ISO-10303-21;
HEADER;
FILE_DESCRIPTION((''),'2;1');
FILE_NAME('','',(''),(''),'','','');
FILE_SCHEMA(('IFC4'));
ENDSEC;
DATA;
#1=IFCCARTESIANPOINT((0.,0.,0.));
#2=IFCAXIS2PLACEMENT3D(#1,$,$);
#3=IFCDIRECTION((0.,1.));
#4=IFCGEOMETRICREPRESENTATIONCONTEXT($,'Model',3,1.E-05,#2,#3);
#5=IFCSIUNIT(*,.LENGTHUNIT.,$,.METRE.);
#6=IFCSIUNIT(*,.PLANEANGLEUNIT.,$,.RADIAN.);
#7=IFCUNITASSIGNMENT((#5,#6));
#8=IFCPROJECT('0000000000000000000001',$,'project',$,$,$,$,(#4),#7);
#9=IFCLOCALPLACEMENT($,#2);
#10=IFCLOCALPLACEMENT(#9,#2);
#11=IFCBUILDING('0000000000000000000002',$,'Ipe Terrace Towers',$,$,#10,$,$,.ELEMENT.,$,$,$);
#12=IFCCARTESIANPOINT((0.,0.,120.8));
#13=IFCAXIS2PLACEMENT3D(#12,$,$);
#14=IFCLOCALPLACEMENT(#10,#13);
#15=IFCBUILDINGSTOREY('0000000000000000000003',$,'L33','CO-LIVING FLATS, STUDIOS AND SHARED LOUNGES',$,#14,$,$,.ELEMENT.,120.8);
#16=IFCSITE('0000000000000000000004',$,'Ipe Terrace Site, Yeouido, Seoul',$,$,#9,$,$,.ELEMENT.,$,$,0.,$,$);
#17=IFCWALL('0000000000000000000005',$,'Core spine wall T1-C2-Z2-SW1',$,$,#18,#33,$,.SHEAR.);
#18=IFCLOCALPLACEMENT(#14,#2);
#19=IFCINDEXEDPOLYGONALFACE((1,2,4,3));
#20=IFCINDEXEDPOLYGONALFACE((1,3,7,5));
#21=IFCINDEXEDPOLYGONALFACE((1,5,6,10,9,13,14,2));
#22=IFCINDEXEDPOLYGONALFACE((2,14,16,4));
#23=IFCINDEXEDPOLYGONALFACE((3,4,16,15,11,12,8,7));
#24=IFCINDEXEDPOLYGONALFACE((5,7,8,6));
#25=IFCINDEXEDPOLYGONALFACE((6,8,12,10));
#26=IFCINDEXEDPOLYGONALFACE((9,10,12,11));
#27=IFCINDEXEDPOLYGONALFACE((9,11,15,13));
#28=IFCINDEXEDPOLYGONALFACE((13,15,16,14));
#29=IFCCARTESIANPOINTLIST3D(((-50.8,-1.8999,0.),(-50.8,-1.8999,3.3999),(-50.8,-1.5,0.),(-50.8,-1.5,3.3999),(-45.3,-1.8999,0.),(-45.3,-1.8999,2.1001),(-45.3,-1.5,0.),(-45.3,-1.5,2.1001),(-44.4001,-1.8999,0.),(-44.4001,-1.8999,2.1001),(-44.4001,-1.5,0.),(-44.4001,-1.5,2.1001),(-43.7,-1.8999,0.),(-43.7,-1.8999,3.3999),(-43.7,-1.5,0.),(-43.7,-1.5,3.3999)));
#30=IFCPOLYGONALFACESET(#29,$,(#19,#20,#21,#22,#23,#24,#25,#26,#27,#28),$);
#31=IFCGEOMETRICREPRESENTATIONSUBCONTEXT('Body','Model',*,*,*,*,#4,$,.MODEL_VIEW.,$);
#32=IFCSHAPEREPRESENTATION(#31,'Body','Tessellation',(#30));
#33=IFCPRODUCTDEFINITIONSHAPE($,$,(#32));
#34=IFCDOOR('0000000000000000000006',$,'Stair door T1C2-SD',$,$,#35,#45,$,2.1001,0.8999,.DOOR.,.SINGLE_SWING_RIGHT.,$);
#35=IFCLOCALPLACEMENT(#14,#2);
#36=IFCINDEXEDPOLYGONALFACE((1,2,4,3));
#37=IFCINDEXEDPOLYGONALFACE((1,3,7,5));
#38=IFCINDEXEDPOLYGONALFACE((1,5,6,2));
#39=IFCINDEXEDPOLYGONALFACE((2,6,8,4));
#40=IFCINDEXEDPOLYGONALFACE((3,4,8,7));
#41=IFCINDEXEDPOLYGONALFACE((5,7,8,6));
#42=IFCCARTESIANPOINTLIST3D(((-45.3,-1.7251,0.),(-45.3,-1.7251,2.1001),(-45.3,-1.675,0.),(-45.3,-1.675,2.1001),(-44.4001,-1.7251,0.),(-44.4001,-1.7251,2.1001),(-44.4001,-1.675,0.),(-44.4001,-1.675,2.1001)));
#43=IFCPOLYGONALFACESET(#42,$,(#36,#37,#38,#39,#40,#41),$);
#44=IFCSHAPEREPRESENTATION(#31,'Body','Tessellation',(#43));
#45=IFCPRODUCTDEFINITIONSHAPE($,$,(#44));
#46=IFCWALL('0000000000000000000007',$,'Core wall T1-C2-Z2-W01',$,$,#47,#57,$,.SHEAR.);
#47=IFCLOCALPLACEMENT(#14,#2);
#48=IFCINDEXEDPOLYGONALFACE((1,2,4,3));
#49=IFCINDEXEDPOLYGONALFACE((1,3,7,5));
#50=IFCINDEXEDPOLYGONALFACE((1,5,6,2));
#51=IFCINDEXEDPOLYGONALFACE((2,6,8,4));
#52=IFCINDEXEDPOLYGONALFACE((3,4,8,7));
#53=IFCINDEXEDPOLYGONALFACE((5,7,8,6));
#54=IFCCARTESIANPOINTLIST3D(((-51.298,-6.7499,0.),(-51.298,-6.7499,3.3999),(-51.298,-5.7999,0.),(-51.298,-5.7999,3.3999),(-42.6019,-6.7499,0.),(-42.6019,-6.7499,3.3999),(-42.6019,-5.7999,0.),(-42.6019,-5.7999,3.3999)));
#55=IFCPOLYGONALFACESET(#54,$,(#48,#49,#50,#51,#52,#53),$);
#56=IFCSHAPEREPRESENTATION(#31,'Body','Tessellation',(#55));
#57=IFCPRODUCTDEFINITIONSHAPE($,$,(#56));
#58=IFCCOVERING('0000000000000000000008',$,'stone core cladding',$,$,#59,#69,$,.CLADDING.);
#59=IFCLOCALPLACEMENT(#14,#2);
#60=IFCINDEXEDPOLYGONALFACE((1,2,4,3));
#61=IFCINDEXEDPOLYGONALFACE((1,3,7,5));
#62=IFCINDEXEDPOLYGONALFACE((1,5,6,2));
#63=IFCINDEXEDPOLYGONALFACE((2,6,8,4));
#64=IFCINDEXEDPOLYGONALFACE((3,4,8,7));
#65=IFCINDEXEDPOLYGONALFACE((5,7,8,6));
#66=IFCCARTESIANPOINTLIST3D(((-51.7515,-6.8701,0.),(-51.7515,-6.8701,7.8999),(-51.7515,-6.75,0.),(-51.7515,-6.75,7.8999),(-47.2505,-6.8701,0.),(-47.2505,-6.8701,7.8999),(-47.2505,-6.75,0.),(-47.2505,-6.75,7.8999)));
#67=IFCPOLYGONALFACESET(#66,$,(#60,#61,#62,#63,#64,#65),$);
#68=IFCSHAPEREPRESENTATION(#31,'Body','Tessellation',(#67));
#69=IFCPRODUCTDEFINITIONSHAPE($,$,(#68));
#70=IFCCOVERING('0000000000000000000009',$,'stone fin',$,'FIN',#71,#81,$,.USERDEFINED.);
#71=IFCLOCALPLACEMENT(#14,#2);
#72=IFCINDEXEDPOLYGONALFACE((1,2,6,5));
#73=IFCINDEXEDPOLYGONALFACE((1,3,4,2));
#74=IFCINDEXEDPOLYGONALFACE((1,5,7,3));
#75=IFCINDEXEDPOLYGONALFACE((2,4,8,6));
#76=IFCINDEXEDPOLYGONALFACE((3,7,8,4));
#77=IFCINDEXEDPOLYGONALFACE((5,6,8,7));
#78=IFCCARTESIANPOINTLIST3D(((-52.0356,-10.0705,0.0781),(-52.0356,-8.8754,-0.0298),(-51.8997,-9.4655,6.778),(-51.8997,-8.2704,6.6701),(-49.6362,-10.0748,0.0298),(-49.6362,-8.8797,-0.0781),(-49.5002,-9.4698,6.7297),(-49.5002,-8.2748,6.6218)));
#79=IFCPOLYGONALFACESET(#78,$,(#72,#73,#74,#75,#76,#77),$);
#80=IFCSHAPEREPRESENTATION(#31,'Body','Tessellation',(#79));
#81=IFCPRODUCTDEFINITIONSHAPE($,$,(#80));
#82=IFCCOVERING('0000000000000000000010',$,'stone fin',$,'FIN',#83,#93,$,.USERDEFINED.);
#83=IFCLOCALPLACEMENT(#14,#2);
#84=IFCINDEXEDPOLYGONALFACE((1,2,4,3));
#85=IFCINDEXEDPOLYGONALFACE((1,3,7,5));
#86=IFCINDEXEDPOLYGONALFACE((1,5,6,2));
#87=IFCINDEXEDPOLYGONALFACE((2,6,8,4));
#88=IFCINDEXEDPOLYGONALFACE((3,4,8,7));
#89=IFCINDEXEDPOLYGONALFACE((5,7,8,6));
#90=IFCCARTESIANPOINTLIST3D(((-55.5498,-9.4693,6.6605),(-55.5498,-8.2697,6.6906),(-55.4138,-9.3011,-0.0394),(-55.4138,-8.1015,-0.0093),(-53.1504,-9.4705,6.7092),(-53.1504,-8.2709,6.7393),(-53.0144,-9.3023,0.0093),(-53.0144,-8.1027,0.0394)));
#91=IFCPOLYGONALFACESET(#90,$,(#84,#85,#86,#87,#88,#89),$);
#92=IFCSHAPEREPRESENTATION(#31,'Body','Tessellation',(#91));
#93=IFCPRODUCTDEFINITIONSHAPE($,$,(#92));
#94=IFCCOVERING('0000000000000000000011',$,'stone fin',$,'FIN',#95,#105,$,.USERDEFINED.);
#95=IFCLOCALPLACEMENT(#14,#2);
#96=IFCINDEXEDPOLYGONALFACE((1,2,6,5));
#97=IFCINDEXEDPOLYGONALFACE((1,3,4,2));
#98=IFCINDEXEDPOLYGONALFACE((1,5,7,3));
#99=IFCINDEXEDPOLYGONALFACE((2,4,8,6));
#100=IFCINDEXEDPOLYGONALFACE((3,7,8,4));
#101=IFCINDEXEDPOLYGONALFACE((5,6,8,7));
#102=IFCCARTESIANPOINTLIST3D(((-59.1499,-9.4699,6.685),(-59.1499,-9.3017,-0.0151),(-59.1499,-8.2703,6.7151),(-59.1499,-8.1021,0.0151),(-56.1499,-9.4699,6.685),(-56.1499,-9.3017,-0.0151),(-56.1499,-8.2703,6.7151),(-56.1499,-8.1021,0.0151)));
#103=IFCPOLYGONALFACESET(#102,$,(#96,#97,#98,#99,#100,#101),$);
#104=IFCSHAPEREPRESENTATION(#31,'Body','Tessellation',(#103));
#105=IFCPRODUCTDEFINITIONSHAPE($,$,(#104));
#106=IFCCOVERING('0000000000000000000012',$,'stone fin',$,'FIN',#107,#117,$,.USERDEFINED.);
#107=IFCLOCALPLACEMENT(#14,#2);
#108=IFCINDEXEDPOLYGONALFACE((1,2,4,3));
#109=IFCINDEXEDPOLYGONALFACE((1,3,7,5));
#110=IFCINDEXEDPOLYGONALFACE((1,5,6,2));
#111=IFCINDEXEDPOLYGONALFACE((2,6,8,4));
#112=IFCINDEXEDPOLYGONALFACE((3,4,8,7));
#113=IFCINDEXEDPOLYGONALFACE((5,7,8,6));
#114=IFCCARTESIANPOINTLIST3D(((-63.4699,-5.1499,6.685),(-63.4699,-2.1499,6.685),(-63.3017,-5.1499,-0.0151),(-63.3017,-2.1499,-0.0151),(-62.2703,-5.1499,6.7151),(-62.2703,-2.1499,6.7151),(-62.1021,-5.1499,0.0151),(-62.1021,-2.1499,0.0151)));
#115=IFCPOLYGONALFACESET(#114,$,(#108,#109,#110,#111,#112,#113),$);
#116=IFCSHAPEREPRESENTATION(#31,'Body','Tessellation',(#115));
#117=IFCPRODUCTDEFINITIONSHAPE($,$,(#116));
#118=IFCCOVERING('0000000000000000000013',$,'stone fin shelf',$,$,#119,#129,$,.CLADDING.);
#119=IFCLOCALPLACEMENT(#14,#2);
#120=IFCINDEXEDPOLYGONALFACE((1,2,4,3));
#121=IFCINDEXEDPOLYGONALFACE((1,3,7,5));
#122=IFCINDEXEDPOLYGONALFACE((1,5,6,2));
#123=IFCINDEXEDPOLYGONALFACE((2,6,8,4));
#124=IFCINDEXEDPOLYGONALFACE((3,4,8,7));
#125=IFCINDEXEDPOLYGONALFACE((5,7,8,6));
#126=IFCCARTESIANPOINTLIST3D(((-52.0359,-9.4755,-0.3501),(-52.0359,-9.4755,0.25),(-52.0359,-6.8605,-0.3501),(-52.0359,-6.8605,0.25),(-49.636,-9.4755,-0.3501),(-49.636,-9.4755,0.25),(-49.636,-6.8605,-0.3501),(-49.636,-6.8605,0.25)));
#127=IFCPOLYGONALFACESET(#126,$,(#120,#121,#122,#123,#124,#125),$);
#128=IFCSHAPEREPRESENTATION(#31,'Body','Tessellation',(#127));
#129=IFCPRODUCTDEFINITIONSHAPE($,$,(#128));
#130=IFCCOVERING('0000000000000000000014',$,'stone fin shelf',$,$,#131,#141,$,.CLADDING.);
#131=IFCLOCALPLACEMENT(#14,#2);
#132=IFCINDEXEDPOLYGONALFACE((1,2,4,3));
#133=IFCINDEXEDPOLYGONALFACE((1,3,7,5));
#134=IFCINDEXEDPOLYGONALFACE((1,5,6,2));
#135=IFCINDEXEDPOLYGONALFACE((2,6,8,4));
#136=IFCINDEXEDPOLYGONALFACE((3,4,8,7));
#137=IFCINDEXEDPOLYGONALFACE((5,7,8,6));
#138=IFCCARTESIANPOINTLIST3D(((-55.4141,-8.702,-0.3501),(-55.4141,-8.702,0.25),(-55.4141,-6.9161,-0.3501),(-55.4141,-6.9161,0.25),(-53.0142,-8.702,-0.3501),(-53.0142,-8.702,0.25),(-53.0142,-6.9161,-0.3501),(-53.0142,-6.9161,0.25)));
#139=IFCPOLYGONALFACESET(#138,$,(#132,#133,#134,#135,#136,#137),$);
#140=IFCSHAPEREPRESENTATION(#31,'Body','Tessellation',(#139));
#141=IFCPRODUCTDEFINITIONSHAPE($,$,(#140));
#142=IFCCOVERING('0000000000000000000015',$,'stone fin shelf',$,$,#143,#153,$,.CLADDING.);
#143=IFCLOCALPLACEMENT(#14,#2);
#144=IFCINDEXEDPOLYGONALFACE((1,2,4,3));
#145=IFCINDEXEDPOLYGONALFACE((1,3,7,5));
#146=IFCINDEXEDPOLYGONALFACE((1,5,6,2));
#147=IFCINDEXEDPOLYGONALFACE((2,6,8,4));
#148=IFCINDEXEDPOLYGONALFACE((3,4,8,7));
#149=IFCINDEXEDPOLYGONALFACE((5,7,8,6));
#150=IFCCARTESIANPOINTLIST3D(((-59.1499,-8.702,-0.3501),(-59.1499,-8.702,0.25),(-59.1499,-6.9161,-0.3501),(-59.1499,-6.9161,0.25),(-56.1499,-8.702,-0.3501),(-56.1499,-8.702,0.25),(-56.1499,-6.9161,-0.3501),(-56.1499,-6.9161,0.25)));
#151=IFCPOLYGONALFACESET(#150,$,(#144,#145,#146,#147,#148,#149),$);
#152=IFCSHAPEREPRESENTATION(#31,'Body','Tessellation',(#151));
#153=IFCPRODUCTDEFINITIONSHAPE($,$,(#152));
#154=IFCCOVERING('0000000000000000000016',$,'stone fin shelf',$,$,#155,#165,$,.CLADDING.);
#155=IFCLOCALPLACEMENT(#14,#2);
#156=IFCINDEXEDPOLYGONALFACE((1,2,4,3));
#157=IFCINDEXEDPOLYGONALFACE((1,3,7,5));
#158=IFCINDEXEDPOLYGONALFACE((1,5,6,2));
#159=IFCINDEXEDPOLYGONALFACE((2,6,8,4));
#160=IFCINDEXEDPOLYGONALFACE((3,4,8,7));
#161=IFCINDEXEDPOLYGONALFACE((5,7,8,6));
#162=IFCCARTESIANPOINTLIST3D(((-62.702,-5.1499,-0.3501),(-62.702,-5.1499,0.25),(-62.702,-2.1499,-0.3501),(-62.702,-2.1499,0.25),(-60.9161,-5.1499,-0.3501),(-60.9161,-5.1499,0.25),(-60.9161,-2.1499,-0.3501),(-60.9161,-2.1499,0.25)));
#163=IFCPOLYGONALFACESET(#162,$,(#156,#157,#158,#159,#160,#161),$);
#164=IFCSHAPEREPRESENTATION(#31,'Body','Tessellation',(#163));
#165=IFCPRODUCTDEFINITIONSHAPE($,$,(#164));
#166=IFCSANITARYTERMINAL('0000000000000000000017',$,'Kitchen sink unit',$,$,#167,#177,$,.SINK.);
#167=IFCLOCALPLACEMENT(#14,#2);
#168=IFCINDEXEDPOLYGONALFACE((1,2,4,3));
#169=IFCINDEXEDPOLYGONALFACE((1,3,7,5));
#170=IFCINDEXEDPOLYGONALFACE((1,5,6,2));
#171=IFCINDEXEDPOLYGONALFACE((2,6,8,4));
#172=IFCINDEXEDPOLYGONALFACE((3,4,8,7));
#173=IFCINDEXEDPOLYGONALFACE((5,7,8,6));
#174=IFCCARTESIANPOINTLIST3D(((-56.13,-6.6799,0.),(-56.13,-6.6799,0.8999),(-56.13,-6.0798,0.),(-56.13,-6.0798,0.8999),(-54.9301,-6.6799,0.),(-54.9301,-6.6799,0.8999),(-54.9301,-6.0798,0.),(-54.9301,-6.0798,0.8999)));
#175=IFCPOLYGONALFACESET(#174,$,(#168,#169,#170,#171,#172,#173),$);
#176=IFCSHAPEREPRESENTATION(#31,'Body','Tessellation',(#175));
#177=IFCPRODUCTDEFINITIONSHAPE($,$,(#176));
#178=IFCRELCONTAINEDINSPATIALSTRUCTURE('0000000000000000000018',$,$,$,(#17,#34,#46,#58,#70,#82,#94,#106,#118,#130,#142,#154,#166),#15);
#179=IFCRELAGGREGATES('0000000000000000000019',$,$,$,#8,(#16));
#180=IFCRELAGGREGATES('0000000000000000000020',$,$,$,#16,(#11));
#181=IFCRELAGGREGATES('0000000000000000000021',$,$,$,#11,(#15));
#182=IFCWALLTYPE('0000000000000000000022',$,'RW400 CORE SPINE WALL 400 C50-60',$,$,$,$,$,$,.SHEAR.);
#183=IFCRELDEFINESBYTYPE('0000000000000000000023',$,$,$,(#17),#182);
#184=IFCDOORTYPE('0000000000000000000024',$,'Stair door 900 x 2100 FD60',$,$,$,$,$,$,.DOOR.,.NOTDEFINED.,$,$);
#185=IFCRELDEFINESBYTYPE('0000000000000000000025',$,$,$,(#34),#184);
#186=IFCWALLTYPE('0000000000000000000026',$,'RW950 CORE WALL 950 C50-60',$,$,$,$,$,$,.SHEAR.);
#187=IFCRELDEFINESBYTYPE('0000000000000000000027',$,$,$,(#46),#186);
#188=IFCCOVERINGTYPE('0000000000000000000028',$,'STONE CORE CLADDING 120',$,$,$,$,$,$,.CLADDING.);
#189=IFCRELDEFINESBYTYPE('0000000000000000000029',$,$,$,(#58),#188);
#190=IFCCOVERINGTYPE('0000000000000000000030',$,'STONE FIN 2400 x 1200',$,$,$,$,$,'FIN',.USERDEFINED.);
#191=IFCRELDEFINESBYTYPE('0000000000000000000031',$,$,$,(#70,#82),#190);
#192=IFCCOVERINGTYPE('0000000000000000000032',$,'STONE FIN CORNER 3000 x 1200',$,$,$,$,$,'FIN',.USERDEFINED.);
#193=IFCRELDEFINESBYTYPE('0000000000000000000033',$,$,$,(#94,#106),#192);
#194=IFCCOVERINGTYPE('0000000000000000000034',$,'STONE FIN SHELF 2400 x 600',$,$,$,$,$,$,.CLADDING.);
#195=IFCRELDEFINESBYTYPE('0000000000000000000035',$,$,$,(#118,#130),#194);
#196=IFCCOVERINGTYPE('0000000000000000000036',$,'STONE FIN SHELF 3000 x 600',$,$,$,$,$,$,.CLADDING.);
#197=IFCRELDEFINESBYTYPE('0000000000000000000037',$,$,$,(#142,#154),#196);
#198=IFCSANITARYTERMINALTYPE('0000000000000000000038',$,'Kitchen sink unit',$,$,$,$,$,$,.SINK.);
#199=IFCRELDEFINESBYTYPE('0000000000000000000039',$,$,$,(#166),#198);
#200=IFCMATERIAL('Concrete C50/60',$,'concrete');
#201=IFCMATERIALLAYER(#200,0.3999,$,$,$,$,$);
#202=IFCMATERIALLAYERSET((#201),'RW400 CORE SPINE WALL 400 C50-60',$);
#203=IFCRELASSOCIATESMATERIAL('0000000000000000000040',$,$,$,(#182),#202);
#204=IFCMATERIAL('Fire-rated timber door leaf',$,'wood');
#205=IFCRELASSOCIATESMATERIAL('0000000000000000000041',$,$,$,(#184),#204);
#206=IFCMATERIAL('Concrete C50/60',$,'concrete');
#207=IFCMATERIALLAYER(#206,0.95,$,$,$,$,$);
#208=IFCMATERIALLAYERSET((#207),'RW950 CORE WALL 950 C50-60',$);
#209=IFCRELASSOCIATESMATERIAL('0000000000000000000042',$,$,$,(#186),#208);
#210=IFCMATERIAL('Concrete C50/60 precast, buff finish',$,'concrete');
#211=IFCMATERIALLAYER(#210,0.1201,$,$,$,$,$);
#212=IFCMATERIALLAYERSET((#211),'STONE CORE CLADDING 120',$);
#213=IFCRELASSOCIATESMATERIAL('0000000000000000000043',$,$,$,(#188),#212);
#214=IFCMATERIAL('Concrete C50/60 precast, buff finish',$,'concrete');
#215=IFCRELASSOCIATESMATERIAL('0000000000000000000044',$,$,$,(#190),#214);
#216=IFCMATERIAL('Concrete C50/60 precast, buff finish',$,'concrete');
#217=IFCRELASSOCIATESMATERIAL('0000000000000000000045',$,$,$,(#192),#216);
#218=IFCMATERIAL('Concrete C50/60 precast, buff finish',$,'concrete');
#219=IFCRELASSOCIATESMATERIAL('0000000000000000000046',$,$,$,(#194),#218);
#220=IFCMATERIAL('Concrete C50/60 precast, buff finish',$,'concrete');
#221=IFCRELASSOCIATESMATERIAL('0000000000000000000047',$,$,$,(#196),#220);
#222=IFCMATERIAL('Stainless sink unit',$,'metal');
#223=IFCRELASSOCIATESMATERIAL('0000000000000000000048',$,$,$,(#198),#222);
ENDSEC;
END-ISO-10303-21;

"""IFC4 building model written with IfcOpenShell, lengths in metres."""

from ifc_helpers import new_model, si_unit, direction, frame, frame_2d, origin, origin_2d, place, context, subcontext, project, spatial, rectangle, extrude, material, layer, layer_set, material_profile, profile_set, type_object, element, fill, save


model = new_model("IFC4")

# Units and contexts
model_context = context("Model", 3, precision=1e-05, world=origin(), true_north=direction((0.0, 1.0)))
body_context = subcontext(model_context, "Body", "Model", "MODEL_VIEW")
ifc_project = project(units=[si_unit("LENGTHUNIT", "METRE"), si_unit("PLANEANGLEUNIT", "RADIAN")], contexts=[model_context])

# Site, building, storey
site_placement = place(None, origin())
site = spatial("IfcSite", under=ifc_project, at=site_placement, Name="Ipe Terrace Site, Yeouido, Seoul", CompositionType="ELEMENT", RefElevation=0.0)
building_placement = place(site_placement, origin())
building = spatial("IfcBuilding", under=site, at=building_placement, Name="Ipe Terrace Towers", CompositionType="ELEMENT")
storey_placement = place(building_placement, frame((0.0, 0.0, 120.8)))
storey = spatial("IfcBuildingStorey", under=building, at=storey_placement, Name="L33", Description="CO-LIVING FLATS, STUDIOS AND SHARED LOUNGES", CompositionType="ELEMENT", Elevation=120.8)

# Wall, opening, door
ifc_material_1 = material(Name="Concrete C50/60", Category="concrete")
ifc_layer_1 = layer(ifc_material_1, 0.3999)
ifc_layer_set_1 = layer_set([ifc_layer_1], Name="RW400 CORE SPINE WALL 400 C50-60")
wall_type_1 = type_object("IfcWallType", Name="RW400 CORE SPINE WALL 400 C50-60", PredefinedType="SHEAR", material=ifc_layer_set_1)
wall_1_placement = place(storey_placement, frame((-50.8, -1.7, 0.0), z_axis=(0.0, 0.0, 1.0), x_axis=(1.0, 0.0, 0.0)))
wall_1 = element("IfcWall", 1, at=wall_1_placement, inside=storey, type_object=wall_type_1, Name="Core spine wall T1-C2-Z2-SW1", PredefinedType="SHEAR", context=body_context, shape_type="SweptSolid", body=[
    extrude(rectangle(XDim=7.1001, YDim=0.3999, at=frame_2d((3.55, 0.0))), origin(), (0.0, 0.0, 1.0), 3.3999),
])
opening_1_placement = place(wall_1_placement, frame((5.5, 0.0, 0.0)))
opening_1 = element("IfcOpeningElement", 2, at=opening_1_placement, cuts=wall_1, PredefinedType="OPENING", context=body_context, shape_type="SweptSolid", body=[
    extrude(rectangle(XDim=0.8999, YDim=2.1001, at=frame_2d((0.45, 1.05))), frame((0.0, 0.21, 0.0), z_axis=(0.0, -1.0, 0.0), x_axis=(1.0, 0.0, 0.0)), (0.0, 0.0, 1.0), 0.4199),
])
ifc_material_2 = material(Name="Fire-rated timber door leaf", Category="wood")
door_type_1 = type_object("IfcDoorType", Name="Stair door 900 x 2100 FD60", OperationType="NOTDEFINED", PredefinedType="DOOR", material=ifc_material_2)
door_1_placement = place(opening_1_placement, origin())
door_1 = element("IfcDoor", 3, at=door_1_placement, inside=storey, type_object=door_type_1, Name="Stair door T1C2-SD", OperationType="SINGLE_SWING_RIGHT", OverallHeight=2.1001, OverallWidth=0.8999, PredefinedType="DOOR", context=body_context, shape_type="SweptSolid", body=[
    extrude(rectangle(XDim=0.8999, YDim=2.1001, at=frame_2d((0.45, 1.05))), frame((0.0, 0.0249, 0.0), z_axis=(0.0, -1.0, 0.0), x_axis=(1.0, 0.0, 0.0)), (0.0, 0.0, 1.0), 0.05),
])
fill(opening_1, door_1)

# Wall
ifc_material_3 = material(Name="Concrete C50/60", Category="concrete")
ifc_layer_2 = layer(ifc_material_3, 0.95)
ifc_layer_set_2 = layer_set([ifc_layer_2], Name="RW950 CORE WALL 950 C50-60")
wall_type_2 = type_object("IfcWallType", Name="RW950 CORE WALL 950 C50-60", PredefinedType="SHEAR", material=ifc_layer_set_2)
wall_2_placement = place(storey_placement, frame((-51.2981, -6.2749, 0.0), z_axis=(0.0, 0.0, 1.0), x_axis=(1.0, 0.0, 0.0)))
element("IfcWall", 4, at=wall_2_placement, inside=storey, type_object=wall_type_2, Name="Core wall T1-C2-Z2-W01", PredefinedType="SHEAR", context=body_context, shape_type="SweptSolid", body=[
    extrude(rectangle(XDim=8.696, YDim=0.95, at=frame_2d((4.3481, 0.0))), origin(), (0.0, 0.0, 1.0), 3.3999),
])

# Coverings
ifc_material_4 = material(Name="Concrete C50/60 precast, buff finish", Category="concrete")
ifc_layer_3 = layer(ifc_material_4, 0.1201)
ifc_layer_set_3 = layer_set([ifc_layer_3], Name="STONE CORE CLADDING 120")
covering_type_1 = type_object("IfcCoveringType", Name="STONE CORE CLADDING 120", PredefinedType="CLADDING", material=ifc_layer_set_3)
covering_1_placement = place(storey_placement, frame((-49.501, -6.8101, 0.0), z_axis=(0.0, 0.0, 1.0), x_axis=(1.0, 0.0, 0.0)))
element("IfcCovering", 5, at=covering_1_placement, inside=storey, type_object=covering_type_1, Name="stone core cladding", PredefinedType="CLADDING", context=body_context, shape_type="SweptSolid", body=[
    extrude(rectangle(XDim=4.501, YDim=0.1201, at=origin_2d()), origin(), (0.0, 0.0, 1.0), 7.8999),
])
ifc_material_5 = material(Name="Concrete C50/60 precast, buff finish", Category="concrete")
ifc_material_profile_1 = material_profile(ifc_material_5, rectangle(XDim=2.3999, YDim=1.2, at=origin_2d()), Name="STONE FIN 2400 x 1200")
ifc_profile_set_1 = profile_set([ifc_material_profile_1], Name="Concrete C50/60 precast, buff finish")
covering_type_2 = type_object("IfcCoveringType", Name="STONE FIN 2400 x 1200", ElementType="FIN", PredefinedType="USERDEFINED", material=ifc_profile_set_1)
covering_2_placement = place(storey_placement, frame((-50.8359, -9.4751, 0.0), z_axis=(0.02021, 0.089912, 0.995745), x_axis=(0.999796, -0.001818, -0.020128)))
element("IfcCovering", 6, at=covering_2_placement, inside=storey, type_object=covering_type_2, Name="stone fin", ObjectType="FIN", PredefinedType="USERDEFINED", context=body_context, shape_type="SweptSolid", body=[
    extrude(rectangle(XDim=2.3999, YDim=1.2, at=origin_2d()), origin(), (0.0, 0.0, 1.0), 6.7285),
])
covering_3_placement = place(storey_placement, frame((-54.2141, -8.7019, 0.0), z_axis=(-0.020286, -0.025094, 0.999479), x_axis=(0.999794, -0.000509, 0.02028)))
element("IfcCovering", 7, at=covering_3_placement, inside=storey, type_object=covering_type_2, Name="stone fin", ObjectType="FIN", PredefinedType="USERDEFINED", context=body_context, shape_type="SweptSolid", body=[
    extrude(rectangle(XDim=2.3999, YDim=1.2, at=origin_2d()), origin(), (0.0, 0.0, 1.0), 6.7034),
])
ifc_material_6 = material(Name="Concrete C50/60 precast, buff finish", Category="concrete")
ifc_material_profile_2 = material_profile(ifc_material_6, rectangle(XDim=3.0, YDim=1.2, at=origin_2d()), Name="STONE FIN CORNER 3000 x 1200")
ifc_profile_set_2 = profile_set([ifc_material_profile_2], Name="Concrete C50/60 precast, buff finish")
covering_type_3 = type_object("IfcCoveringType", Name="STONE FIN CORNER 3000 x 1200", ElementType="FIN", PredefinedType="USERDEFINED", material=ifc_profile_set_2)
for number, where, z_axis, x_axis, name in (
    (8, (-57.6499, -8.7019, 0.0), (0.0, -0.025099, 0.999685), (1.0, 0.0, 0.0), "stone fin"),
    (9, (-62.7019, -3.6499, 0.0), (-0.025099, 0.0, 0.999685), (0.0, -1.0, 0.0), "stone fin"),
):
    element("IfcCovering", number, at=place(storey_placement, frame(where, z_axis=z_axis, x_axis=x_axis)), inside=storey, type_object=covering_type_3, Name=name, ObjectType="FIN", PredefinedType="USERDEFINED", context=body_context, shape_type="SweptSolid", body=[
        extrude(rectangle(XDim=3.0, YDim=1.2, at=origin_2d()), origin(), (0.0, 0.0, 1.0), 6.7021),
    ])
ifc_material_7 = material(Name="Concrete C50/60 precast, buff finish", Category="concrete")
covering_type_4 = type_object("IfcCoveringType", Name="STONE FIN SHELF 2400 x 600", PredefinedType="CLADDING", material=ifc_material_7)
covering_4_placement = place(storey_placement, frame((-50.8359, -8.168, -0.3501), z_axis=(0.0, 0.0, 1.0), x_axis=(1.0, 0.0, 0.0)))
element("IfcCovering", 10, at=covering_4_placement, inside=storey, type_object=covering_type_4, Name="stone fin shelf", PredefinedType="CLADDING", context=body_context, shape_type="SweptSolid", body=[
    extrude(rectangle(XDim=2.3999, YDim=2.615, at=origin_2d()), origin(), (0.0, 0.0, 1.0), 0.6001),
])
covering_5_placement = place(storey_placement, frame((-54.2141, -7.8091, -0.3501), z_axis=(0.0, 0.0, 1.0), x_axis=(1.0, 0.0, 0.0)))
element("IfcCovering", 11, at=covering_5_placement, inside=storey, type_object=covering_type_4, Name="stone fin shelf", PredefinedType="CLADDING", context=body_context, shape_type="SweptSolid", body=[
    extrude(rectangle(XDim=2.3999, YDim=1.7859, at=origin_2d()), origin(), (0.0, 0.0, 1.0), 0.6001),
])
ifc_material_8 = material(Name="Concrete C50/60 precast, buff finish", Category="concrete")
covering_type_5 = type_object("IfcCoveringType", Name="STONE FIN SHELF 3000 x 600", PredefinedType="CLADDING", material=ifc_material_8)
for number, where, z_axis, x_axis, name in (
    (12, (-57.6499, -7.8091, -0.3501), (0.0, 0.0, 1.0), (1.0, 0.0, 0.0), "stone fin shelf"),
    (13, (-61.8091, -3.6499, -0.3501), (0.0, 0.0, 1.0), (0.0, -1.0, 0.0), "stone fin shelf"),
):
    element("IfcCovering", number, at=place(storey_placement, frame(where, z_axis=z_axis, x_axis=x_axis)), inside=storey, type_object=covering_type_5, Name=name, PredefinedType="CLADDING", context=body_context, shape_type="SweptSolid", body=[
        extrude(rectangle(XDim=3.0, YDim=1.7859, at=origin_2d()), origin(), (0.0, 0.0, 1.0), 0.6001),
    ])

# Sanitary terminal
ifc_material_9 = material(Name="Stainless sink unit", Category="metal")
sanitary_terminal_type_1 = type_object("IfcSanitaryTerminalType", Name="Kitchen sink unit", PredefinedType="SINK", material=ifc_material_9)
sanitary_terminal_1_placement = place(storey_placement, frame((-55.53, -6.3799, 0.0), z_axis=(0.0, 0.0, 1.0), x_axis=(-1.0, 0.0, 0.0)))
element("IfcSanitaryTerminal", 14, at=sanitary_terminal_1_placement, inside=storey, type_object=sanitary_terminal_type_1, Name="Kitchen sink unit", PredefinedType="SINK", context=body_context, shape_type="SweptSolid", body=[
    extrude(rectangle(XDim=1.2, YDim=0.6001, at=origin_2d()), origin(), (0.0, 0.0, 1.0), 0.8999),
])

save(model, "model.ifc")
